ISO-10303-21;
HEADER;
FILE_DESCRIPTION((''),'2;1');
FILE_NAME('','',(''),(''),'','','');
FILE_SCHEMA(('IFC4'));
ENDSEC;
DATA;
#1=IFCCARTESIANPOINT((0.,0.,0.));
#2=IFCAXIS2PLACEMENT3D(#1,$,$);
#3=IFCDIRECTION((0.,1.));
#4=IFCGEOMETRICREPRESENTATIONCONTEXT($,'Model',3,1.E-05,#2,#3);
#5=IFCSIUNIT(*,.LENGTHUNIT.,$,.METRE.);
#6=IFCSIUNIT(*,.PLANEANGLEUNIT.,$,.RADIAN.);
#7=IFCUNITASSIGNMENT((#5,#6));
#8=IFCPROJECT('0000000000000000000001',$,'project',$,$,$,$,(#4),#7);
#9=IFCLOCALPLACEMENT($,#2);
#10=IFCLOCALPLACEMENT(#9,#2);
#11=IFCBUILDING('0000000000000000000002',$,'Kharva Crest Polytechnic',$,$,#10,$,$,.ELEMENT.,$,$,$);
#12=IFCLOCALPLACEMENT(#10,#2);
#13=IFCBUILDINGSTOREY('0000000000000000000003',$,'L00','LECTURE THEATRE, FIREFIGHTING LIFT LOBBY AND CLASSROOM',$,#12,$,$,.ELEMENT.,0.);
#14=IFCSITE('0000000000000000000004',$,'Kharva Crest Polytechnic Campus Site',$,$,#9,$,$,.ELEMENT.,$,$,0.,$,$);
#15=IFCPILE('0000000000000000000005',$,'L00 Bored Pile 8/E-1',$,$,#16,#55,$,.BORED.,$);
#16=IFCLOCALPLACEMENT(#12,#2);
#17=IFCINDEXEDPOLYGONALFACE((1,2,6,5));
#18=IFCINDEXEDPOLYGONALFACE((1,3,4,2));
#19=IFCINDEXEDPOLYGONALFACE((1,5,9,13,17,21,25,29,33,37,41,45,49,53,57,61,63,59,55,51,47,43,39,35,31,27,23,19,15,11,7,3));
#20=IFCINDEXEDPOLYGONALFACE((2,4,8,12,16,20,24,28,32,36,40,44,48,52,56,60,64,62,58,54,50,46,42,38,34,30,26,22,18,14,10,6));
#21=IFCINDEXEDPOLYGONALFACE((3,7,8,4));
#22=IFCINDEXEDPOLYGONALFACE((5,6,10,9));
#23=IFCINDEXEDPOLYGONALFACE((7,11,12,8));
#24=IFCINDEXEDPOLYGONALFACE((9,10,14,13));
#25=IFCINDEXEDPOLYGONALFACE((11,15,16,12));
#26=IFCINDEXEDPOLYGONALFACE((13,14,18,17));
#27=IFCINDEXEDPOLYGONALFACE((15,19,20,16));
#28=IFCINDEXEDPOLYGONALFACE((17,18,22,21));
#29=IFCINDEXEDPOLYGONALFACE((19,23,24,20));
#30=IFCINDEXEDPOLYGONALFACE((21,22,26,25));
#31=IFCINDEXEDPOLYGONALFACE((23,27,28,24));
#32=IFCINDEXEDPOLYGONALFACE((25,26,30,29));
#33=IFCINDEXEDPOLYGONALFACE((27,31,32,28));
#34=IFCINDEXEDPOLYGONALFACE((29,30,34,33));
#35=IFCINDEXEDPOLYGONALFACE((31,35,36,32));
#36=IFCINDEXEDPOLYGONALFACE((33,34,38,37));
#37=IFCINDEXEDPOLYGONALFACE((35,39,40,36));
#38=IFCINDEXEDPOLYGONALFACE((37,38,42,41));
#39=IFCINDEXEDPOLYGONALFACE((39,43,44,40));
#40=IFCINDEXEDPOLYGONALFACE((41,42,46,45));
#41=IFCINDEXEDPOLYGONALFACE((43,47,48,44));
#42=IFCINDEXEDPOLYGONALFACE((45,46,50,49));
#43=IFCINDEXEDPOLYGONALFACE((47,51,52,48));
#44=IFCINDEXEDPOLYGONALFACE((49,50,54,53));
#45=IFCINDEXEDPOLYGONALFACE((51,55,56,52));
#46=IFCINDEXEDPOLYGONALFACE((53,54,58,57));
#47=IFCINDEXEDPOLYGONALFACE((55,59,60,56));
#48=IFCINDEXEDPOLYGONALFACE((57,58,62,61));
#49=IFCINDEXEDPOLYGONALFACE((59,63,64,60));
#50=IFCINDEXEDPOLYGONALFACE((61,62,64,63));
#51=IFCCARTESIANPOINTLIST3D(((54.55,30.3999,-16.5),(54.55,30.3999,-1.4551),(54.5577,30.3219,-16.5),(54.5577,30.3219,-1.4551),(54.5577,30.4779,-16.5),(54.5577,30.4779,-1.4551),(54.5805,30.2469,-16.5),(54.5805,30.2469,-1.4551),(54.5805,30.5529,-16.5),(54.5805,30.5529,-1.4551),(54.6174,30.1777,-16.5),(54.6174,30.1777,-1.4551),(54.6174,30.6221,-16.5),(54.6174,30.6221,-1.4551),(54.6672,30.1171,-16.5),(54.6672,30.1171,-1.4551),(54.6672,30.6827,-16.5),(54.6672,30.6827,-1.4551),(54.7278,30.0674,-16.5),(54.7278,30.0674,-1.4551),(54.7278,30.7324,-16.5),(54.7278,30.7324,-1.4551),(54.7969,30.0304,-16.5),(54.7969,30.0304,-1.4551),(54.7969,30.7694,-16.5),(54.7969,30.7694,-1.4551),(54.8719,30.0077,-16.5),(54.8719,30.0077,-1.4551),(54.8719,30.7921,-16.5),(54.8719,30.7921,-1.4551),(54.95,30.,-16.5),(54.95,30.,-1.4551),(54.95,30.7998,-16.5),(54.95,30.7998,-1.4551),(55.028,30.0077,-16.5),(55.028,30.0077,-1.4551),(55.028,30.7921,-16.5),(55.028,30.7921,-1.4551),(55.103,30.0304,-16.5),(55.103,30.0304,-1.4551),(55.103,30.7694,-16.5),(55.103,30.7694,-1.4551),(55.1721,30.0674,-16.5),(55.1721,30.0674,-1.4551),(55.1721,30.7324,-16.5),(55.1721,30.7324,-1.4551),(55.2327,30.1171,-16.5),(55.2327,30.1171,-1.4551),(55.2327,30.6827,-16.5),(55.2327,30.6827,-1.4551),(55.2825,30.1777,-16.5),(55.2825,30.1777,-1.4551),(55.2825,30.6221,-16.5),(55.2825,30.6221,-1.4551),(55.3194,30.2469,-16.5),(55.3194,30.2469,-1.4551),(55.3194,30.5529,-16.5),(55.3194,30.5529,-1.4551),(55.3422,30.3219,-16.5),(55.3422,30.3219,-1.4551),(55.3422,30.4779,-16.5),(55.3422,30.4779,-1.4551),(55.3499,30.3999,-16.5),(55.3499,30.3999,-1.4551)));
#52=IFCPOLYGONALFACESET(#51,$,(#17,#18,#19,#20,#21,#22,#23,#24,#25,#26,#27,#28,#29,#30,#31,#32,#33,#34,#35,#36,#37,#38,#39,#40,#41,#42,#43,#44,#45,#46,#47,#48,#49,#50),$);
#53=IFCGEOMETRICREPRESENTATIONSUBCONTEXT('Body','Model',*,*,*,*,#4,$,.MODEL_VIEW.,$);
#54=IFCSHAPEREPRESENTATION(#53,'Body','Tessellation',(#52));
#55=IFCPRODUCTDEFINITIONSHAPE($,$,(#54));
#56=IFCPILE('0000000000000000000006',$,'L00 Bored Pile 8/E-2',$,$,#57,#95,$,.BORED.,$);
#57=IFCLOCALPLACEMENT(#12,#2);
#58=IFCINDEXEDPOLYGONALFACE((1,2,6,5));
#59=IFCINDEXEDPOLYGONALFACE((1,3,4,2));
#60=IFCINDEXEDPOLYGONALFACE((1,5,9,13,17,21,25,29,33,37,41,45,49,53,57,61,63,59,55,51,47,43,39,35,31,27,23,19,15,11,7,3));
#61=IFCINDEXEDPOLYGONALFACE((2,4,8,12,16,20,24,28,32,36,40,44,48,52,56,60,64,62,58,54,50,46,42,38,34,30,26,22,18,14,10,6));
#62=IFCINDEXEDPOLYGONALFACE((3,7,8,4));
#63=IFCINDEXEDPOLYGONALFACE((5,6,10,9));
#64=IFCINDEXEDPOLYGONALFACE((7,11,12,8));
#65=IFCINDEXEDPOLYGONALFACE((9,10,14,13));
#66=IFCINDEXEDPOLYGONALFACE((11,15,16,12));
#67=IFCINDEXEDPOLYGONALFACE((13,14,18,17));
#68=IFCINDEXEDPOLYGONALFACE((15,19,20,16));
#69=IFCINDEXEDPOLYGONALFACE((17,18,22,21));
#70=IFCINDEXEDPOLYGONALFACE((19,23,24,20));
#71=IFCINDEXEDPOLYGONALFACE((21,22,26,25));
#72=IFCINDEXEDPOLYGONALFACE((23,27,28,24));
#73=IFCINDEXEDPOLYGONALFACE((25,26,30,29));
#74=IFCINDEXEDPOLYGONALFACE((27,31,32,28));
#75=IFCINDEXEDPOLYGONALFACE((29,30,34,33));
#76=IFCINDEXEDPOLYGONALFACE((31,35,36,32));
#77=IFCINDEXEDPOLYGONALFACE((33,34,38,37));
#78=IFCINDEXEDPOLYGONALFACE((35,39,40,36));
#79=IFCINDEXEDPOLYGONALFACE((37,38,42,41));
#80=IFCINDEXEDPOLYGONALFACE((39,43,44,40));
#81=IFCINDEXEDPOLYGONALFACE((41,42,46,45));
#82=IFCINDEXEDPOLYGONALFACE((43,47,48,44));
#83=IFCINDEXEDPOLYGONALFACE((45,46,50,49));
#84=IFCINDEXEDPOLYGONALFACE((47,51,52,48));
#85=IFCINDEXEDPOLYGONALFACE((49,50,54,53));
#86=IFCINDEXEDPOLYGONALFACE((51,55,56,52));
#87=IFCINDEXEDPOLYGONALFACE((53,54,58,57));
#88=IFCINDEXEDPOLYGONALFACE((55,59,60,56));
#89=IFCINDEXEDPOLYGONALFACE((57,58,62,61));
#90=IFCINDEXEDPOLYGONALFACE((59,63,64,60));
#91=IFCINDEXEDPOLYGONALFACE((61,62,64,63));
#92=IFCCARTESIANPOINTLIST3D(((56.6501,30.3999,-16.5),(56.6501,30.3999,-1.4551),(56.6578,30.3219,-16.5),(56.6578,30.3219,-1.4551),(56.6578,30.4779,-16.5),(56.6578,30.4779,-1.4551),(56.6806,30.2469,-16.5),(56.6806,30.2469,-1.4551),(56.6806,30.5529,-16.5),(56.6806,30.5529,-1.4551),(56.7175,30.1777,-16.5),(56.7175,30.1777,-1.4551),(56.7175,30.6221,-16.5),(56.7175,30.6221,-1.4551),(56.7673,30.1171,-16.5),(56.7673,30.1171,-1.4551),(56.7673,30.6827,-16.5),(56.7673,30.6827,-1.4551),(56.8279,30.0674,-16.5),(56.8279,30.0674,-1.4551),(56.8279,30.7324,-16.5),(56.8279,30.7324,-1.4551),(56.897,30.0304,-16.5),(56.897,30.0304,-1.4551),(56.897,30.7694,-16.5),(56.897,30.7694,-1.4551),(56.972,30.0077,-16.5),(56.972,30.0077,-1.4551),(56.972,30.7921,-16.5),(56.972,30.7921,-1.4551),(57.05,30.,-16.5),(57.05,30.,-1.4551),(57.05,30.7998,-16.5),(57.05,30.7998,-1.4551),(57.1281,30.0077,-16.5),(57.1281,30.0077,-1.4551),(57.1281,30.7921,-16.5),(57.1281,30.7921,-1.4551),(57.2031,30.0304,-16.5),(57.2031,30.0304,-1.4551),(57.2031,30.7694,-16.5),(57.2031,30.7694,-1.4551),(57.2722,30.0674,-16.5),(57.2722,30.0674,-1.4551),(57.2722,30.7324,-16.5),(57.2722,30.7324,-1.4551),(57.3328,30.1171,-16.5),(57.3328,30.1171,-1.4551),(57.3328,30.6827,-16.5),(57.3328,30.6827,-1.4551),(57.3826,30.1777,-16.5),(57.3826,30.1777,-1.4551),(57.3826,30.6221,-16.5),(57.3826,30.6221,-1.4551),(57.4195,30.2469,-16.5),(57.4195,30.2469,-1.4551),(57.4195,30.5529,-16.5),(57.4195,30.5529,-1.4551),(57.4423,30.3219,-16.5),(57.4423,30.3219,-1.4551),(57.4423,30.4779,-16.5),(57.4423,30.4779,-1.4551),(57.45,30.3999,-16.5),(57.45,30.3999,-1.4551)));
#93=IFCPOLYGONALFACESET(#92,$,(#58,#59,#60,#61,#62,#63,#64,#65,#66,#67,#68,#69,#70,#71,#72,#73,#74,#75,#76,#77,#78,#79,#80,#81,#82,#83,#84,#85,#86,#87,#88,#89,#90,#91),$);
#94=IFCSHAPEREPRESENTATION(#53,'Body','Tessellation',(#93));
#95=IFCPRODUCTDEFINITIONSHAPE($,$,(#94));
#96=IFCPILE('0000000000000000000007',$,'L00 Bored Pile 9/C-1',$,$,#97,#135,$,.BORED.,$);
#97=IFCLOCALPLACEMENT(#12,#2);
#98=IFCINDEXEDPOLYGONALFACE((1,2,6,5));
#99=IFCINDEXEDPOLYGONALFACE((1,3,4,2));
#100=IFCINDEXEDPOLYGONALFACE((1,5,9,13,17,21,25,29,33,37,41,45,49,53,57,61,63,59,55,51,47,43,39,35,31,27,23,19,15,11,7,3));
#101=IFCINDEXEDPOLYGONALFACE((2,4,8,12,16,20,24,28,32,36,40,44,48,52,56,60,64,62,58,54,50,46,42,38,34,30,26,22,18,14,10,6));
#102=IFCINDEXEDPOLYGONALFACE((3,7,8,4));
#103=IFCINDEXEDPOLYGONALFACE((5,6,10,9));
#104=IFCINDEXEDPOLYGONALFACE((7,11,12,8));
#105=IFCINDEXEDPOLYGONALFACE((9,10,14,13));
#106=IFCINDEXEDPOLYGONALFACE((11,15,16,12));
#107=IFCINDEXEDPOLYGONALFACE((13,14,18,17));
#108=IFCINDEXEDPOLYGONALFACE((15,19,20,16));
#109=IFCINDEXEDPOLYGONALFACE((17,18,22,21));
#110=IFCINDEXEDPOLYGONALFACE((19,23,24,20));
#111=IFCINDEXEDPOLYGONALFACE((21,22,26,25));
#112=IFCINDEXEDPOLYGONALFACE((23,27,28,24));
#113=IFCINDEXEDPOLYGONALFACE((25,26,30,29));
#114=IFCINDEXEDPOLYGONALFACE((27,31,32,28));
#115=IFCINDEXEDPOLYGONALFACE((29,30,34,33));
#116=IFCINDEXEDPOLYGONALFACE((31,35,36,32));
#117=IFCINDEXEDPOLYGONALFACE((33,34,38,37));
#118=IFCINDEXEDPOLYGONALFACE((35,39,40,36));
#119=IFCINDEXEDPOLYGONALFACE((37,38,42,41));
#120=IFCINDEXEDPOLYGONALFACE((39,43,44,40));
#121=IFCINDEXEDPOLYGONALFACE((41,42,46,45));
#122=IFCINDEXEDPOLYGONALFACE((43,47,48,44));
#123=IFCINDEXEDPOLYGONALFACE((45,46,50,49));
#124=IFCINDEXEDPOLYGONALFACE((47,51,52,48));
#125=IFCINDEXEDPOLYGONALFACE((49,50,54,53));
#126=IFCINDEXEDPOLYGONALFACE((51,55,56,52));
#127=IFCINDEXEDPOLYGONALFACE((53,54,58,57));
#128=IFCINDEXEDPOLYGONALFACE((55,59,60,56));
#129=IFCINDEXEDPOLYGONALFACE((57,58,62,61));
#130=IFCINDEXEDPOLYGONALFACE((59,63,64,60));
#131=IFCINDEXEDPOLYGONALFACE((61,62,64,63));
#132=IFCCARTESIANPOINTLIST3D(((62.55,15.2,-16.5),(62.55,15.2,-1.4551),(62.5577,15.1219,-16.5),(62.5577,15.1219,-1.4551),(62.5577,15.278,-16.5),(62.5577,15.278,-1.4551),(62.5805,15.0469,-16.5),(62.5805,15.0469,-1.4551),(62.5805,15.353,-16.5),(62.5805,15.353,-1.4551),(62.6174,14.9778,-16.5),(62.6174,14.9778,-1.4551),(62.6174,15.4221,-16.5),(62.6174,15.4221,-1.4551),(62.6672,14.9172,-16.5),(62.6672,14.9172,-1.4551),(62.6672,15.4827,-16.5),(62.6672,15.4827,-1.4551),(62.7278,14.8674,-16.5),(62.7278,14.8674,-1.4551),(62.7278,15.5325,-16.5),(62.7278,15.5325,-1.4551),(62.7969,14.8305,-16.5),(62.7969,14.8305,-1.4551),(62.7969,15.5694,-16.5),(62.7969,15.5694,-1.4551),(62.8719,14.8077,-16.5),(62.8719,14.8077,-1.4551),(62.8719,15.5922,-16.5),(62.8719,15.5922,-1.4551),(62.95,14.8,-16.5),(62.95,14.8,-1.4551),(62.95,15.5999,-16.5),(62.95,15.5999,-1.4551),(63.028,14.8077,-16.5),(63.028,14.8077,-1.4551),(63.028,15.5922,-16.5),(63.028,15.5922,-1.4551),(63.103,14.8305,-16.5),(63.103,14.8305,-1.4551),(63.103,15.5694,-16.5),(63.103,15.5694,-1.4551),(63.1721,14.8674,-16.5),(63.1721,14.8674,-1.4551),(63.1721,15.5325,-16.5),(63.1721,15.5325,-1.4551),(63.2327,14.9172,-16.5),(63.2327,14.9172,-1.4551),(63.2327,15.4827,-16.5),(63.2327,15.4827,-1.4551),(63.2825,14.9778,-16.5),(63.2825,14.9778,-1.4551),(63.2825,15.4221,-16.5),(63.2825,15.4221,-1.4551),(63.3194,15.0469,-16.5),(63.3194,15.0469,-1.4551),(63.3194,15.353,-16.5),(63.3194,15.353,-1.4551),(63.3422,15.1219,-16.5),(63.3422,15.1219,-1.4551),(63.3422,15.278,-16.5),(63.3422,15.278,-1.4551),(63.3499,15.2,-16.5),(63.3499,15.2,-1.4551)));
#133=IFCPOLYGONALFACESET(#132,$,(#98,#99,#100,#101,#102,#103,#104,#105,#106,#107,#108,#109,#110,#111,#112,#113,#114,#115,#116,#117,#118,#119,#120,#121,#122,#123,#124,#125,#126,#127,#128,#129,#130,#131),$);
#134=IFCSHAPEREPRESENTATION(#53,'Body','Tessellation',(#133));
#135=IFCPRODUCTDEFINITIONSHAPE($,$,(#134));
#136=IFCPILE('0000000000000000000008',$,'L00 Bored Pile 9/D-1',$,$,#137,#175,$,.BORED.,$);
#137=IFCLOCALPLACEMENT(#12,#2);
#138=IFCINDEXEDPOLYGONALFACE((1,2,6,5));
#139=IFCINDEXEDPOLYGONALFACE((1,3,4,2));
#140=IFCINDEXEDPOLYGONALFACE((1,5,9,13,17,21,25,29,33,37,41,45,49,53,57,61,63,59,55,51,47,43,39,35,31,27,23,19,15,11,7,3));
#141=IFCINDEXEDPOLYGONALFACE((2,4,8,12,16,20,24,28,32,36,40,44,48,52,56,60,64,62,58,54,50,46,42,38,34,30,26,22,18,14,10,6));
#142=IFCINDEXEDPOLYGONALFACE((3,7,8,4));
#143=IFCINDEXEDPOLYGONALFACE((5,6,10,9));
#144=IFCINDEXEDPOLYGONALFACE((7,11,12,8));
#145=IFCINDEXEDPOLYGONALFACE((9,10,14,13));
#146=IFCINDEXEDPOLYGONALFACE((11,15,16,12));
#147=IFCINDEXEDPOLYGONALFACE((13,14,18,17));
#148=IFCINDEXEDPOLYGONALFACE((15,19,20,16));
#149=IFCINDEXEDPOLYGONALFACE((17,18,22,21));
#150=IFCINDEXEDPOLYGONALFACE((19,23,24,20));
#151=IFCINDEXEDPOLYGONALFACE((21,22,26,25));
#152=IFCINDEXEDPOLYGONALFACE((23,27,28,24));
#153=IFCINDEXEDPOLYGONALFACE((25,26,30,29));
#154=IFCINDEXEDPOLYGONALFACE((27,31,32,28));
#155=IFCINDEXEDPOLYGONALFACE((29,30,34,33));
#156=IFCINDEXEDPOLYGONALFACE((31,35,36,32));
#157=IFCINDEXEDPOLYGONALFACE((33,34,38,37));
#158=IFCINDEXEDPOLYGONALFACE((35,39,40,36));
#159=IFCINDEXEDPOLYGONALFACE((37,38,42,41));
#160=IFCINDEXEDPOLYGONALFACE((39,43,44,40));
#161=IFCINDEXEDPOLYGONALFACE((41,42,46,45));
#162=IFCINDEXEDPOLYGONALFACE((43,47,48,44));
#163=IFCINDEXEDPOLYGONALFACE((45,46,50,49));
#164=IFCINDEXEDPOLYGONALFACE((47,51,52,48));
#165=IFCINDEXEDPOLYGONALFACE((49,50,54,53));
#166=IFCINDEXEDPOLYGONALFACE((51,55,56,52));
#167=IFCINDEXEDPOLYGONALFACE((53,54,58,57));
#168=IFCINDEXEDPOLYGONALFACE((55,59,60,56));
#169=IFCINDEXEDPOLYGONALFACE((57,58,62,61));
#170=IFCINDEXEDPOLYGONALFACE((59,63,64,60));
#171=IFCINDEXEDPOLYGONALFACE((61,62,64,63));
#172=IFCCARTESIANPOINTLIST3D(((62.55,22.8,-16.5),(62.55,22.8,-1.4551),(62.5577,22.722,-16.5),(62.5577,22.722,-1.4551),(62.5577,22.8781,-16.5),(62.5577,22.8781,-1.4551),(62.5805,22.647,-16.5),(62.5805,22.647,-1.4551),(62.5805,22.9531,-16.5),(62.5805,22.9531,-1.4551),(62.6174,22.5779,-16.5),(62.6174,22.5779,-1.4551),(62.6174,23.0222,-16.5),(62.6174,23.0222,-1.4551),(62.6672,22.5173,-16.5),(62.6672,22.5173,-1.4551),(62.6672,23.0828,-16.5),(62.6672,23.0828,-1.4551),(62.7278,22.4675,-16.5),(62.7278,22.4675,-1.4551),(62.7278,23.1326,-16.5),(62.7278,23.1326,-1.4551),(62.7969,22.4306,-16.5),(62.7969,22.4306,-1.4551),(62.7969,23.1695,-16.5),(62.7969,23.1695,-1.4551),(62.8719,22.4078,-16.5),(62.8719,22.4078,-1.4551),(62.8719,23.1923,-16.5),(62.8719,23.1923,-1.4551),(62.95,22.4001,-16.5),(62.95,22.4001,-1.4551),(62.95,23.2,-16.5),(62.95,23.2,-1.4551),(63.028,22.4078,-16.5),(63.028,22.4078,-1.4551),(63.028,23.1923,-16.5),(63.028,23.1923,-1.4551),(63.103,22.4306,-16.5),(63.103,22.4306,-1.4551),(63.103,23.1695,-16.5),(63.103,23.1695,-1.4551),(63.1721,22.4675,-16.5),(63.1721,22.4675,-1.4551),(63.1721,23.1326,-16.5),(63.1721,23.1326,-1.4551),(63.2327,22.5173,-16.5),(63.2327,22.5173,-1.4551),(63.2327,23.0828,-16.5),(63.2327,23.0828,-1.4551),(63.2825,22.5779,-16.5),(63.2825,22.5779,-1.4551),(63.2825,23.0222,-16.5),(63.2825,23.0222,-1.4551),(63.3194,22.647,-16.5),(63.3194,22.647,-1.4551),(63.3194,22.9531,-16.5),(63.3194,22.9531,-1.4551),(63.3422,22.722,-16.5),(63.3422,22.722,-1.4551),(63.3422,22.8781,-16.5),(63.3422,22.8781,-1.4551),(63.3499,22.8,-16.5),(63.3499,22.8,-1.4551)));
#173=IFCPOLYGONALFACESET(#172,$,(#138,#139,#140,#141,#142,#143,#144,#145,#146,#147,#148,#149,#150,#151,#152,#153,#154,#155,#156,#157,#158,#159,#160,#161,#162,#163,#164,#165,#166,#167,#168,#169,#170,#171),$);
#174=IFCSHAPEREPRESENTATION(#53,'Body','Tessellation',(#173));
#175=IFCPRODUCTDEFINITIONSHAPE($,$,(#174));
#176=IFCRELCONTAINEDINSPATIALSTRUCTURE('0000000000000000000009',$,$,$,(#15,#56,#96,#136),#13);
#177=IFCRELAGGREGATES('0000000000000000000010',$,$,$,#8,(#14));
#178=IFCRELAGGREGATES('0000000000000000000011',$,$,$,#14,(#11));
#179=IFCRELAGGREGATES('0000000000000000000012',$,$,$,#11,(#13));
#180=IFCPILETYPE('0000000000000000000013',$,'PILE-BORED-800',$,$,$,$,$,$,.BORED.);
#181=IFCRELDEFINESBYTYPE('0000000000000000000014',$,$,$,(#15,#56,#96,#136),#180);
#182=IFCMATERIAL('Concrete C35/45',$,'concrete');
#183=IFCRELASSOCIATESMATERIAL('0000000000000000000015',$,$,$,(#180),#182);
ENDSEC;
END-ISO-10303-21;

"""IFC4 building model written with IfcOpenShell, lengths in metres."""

from ifc_helpers import new_model, si_unit, direction, frame, origin, origin_2d, place, context, subcontext, project, spatial, circle, extrude, material, material_profile, profile_set, type_object, element, save


model = new_model("IFC4")

# Units and contexts
model_context = context("Model", 3, precision=1e-05, world=origin(), true_north=direction((0.0, 1.0)))
body_context = subcontext(model_context, "Body", "Model", "MODEL_VIEW")
ifc_project = project(units=[si_unit("LENGTHUNIT", "METRE"), si_unit("PLANEANGLEUNIT", "RADIAN")], contexts=[model_context])

# Site, building, storey
site_placement = place(None, origin())
site = spatial("IfcSite", under=ifc_project, at=site_placement, Name="Kharva Crest Polytechnic Campus Site", CompositionType="ELEMENT", RefElevation=0.0)
building_placement = place(site_placement, origin())
building = spatial("IfcBuilding", under=site, at=building_placement, Name="Kharva Crest Polytechnic", CompositionType="ELEMENT")
storey_placement = place(building_placement, origin())
storey = spatial("IfcBuildingStorey", under=building, at=storey_placement, Name="L00", Description="LECTURE THEATRE, FIREFIGHTING LIFT LOBBY AND CLASSROOM", CompositionType="ELEMENT", Elevation=0.0)

# Shared definitions
ifc_material_1 = material(Name="Concrete C35/45", Category="concrete")

# Piles
ifc_material_profile_1 = material_profile(ifc_material_1, circle(Radius=0.3999, at=origin_2d()), Name="DIA 800")
ifc_profile_set_1 = profile_set([ifc_material_profile_1], Name="Concrete C35/45")
pile_type_1 = type_object("IfcPileType", Name="PILE-BORED-800", PredefinedType="BORED", material=ifc_profile_set_1)
for number, where, z_axis, x_axis, name in (
    (1, (54.95, 30.3999, -1.4551), (0.0, 0.0, -1.0), (1.0, 0.0, 0.0), "L00 Bored Pile 8/E-1"),
    (2, (57.05, 30.3999, -1.4551), (0.0, 0.0, -1.0), (1.0, 0.0, 0.0), "L00 Bored Pile 8/E-2"),
    (3, (62.95, 15.2, -1.4551), (0.0, 0.0, -1.0), (1.0, 0.0, 0.0), "L00 Bored Pile 9/C-1"),
    (4, (62.95, 22.8, -1.4551), (0.0, 0.0, -1.0), (1.0, 0.0, 0.0), "L00 Bored Pile 9/D-1"),
):
    element("IfcPile", number, at=place(storey_placement, frame(where, z_axis=z_axis, x_axis=x_axis)), inside=storey, type_object=pile_type_1, Name=name, PredefinedType="BORED", context=body_context, shape_type="SweptSolid", body=[
        extrude(circle(Radius=0.3999, at=origin_2d()), origin(), (0.0, 0.0, 1.0), 15.0449),
    ])

save(model, "model.ifc")
